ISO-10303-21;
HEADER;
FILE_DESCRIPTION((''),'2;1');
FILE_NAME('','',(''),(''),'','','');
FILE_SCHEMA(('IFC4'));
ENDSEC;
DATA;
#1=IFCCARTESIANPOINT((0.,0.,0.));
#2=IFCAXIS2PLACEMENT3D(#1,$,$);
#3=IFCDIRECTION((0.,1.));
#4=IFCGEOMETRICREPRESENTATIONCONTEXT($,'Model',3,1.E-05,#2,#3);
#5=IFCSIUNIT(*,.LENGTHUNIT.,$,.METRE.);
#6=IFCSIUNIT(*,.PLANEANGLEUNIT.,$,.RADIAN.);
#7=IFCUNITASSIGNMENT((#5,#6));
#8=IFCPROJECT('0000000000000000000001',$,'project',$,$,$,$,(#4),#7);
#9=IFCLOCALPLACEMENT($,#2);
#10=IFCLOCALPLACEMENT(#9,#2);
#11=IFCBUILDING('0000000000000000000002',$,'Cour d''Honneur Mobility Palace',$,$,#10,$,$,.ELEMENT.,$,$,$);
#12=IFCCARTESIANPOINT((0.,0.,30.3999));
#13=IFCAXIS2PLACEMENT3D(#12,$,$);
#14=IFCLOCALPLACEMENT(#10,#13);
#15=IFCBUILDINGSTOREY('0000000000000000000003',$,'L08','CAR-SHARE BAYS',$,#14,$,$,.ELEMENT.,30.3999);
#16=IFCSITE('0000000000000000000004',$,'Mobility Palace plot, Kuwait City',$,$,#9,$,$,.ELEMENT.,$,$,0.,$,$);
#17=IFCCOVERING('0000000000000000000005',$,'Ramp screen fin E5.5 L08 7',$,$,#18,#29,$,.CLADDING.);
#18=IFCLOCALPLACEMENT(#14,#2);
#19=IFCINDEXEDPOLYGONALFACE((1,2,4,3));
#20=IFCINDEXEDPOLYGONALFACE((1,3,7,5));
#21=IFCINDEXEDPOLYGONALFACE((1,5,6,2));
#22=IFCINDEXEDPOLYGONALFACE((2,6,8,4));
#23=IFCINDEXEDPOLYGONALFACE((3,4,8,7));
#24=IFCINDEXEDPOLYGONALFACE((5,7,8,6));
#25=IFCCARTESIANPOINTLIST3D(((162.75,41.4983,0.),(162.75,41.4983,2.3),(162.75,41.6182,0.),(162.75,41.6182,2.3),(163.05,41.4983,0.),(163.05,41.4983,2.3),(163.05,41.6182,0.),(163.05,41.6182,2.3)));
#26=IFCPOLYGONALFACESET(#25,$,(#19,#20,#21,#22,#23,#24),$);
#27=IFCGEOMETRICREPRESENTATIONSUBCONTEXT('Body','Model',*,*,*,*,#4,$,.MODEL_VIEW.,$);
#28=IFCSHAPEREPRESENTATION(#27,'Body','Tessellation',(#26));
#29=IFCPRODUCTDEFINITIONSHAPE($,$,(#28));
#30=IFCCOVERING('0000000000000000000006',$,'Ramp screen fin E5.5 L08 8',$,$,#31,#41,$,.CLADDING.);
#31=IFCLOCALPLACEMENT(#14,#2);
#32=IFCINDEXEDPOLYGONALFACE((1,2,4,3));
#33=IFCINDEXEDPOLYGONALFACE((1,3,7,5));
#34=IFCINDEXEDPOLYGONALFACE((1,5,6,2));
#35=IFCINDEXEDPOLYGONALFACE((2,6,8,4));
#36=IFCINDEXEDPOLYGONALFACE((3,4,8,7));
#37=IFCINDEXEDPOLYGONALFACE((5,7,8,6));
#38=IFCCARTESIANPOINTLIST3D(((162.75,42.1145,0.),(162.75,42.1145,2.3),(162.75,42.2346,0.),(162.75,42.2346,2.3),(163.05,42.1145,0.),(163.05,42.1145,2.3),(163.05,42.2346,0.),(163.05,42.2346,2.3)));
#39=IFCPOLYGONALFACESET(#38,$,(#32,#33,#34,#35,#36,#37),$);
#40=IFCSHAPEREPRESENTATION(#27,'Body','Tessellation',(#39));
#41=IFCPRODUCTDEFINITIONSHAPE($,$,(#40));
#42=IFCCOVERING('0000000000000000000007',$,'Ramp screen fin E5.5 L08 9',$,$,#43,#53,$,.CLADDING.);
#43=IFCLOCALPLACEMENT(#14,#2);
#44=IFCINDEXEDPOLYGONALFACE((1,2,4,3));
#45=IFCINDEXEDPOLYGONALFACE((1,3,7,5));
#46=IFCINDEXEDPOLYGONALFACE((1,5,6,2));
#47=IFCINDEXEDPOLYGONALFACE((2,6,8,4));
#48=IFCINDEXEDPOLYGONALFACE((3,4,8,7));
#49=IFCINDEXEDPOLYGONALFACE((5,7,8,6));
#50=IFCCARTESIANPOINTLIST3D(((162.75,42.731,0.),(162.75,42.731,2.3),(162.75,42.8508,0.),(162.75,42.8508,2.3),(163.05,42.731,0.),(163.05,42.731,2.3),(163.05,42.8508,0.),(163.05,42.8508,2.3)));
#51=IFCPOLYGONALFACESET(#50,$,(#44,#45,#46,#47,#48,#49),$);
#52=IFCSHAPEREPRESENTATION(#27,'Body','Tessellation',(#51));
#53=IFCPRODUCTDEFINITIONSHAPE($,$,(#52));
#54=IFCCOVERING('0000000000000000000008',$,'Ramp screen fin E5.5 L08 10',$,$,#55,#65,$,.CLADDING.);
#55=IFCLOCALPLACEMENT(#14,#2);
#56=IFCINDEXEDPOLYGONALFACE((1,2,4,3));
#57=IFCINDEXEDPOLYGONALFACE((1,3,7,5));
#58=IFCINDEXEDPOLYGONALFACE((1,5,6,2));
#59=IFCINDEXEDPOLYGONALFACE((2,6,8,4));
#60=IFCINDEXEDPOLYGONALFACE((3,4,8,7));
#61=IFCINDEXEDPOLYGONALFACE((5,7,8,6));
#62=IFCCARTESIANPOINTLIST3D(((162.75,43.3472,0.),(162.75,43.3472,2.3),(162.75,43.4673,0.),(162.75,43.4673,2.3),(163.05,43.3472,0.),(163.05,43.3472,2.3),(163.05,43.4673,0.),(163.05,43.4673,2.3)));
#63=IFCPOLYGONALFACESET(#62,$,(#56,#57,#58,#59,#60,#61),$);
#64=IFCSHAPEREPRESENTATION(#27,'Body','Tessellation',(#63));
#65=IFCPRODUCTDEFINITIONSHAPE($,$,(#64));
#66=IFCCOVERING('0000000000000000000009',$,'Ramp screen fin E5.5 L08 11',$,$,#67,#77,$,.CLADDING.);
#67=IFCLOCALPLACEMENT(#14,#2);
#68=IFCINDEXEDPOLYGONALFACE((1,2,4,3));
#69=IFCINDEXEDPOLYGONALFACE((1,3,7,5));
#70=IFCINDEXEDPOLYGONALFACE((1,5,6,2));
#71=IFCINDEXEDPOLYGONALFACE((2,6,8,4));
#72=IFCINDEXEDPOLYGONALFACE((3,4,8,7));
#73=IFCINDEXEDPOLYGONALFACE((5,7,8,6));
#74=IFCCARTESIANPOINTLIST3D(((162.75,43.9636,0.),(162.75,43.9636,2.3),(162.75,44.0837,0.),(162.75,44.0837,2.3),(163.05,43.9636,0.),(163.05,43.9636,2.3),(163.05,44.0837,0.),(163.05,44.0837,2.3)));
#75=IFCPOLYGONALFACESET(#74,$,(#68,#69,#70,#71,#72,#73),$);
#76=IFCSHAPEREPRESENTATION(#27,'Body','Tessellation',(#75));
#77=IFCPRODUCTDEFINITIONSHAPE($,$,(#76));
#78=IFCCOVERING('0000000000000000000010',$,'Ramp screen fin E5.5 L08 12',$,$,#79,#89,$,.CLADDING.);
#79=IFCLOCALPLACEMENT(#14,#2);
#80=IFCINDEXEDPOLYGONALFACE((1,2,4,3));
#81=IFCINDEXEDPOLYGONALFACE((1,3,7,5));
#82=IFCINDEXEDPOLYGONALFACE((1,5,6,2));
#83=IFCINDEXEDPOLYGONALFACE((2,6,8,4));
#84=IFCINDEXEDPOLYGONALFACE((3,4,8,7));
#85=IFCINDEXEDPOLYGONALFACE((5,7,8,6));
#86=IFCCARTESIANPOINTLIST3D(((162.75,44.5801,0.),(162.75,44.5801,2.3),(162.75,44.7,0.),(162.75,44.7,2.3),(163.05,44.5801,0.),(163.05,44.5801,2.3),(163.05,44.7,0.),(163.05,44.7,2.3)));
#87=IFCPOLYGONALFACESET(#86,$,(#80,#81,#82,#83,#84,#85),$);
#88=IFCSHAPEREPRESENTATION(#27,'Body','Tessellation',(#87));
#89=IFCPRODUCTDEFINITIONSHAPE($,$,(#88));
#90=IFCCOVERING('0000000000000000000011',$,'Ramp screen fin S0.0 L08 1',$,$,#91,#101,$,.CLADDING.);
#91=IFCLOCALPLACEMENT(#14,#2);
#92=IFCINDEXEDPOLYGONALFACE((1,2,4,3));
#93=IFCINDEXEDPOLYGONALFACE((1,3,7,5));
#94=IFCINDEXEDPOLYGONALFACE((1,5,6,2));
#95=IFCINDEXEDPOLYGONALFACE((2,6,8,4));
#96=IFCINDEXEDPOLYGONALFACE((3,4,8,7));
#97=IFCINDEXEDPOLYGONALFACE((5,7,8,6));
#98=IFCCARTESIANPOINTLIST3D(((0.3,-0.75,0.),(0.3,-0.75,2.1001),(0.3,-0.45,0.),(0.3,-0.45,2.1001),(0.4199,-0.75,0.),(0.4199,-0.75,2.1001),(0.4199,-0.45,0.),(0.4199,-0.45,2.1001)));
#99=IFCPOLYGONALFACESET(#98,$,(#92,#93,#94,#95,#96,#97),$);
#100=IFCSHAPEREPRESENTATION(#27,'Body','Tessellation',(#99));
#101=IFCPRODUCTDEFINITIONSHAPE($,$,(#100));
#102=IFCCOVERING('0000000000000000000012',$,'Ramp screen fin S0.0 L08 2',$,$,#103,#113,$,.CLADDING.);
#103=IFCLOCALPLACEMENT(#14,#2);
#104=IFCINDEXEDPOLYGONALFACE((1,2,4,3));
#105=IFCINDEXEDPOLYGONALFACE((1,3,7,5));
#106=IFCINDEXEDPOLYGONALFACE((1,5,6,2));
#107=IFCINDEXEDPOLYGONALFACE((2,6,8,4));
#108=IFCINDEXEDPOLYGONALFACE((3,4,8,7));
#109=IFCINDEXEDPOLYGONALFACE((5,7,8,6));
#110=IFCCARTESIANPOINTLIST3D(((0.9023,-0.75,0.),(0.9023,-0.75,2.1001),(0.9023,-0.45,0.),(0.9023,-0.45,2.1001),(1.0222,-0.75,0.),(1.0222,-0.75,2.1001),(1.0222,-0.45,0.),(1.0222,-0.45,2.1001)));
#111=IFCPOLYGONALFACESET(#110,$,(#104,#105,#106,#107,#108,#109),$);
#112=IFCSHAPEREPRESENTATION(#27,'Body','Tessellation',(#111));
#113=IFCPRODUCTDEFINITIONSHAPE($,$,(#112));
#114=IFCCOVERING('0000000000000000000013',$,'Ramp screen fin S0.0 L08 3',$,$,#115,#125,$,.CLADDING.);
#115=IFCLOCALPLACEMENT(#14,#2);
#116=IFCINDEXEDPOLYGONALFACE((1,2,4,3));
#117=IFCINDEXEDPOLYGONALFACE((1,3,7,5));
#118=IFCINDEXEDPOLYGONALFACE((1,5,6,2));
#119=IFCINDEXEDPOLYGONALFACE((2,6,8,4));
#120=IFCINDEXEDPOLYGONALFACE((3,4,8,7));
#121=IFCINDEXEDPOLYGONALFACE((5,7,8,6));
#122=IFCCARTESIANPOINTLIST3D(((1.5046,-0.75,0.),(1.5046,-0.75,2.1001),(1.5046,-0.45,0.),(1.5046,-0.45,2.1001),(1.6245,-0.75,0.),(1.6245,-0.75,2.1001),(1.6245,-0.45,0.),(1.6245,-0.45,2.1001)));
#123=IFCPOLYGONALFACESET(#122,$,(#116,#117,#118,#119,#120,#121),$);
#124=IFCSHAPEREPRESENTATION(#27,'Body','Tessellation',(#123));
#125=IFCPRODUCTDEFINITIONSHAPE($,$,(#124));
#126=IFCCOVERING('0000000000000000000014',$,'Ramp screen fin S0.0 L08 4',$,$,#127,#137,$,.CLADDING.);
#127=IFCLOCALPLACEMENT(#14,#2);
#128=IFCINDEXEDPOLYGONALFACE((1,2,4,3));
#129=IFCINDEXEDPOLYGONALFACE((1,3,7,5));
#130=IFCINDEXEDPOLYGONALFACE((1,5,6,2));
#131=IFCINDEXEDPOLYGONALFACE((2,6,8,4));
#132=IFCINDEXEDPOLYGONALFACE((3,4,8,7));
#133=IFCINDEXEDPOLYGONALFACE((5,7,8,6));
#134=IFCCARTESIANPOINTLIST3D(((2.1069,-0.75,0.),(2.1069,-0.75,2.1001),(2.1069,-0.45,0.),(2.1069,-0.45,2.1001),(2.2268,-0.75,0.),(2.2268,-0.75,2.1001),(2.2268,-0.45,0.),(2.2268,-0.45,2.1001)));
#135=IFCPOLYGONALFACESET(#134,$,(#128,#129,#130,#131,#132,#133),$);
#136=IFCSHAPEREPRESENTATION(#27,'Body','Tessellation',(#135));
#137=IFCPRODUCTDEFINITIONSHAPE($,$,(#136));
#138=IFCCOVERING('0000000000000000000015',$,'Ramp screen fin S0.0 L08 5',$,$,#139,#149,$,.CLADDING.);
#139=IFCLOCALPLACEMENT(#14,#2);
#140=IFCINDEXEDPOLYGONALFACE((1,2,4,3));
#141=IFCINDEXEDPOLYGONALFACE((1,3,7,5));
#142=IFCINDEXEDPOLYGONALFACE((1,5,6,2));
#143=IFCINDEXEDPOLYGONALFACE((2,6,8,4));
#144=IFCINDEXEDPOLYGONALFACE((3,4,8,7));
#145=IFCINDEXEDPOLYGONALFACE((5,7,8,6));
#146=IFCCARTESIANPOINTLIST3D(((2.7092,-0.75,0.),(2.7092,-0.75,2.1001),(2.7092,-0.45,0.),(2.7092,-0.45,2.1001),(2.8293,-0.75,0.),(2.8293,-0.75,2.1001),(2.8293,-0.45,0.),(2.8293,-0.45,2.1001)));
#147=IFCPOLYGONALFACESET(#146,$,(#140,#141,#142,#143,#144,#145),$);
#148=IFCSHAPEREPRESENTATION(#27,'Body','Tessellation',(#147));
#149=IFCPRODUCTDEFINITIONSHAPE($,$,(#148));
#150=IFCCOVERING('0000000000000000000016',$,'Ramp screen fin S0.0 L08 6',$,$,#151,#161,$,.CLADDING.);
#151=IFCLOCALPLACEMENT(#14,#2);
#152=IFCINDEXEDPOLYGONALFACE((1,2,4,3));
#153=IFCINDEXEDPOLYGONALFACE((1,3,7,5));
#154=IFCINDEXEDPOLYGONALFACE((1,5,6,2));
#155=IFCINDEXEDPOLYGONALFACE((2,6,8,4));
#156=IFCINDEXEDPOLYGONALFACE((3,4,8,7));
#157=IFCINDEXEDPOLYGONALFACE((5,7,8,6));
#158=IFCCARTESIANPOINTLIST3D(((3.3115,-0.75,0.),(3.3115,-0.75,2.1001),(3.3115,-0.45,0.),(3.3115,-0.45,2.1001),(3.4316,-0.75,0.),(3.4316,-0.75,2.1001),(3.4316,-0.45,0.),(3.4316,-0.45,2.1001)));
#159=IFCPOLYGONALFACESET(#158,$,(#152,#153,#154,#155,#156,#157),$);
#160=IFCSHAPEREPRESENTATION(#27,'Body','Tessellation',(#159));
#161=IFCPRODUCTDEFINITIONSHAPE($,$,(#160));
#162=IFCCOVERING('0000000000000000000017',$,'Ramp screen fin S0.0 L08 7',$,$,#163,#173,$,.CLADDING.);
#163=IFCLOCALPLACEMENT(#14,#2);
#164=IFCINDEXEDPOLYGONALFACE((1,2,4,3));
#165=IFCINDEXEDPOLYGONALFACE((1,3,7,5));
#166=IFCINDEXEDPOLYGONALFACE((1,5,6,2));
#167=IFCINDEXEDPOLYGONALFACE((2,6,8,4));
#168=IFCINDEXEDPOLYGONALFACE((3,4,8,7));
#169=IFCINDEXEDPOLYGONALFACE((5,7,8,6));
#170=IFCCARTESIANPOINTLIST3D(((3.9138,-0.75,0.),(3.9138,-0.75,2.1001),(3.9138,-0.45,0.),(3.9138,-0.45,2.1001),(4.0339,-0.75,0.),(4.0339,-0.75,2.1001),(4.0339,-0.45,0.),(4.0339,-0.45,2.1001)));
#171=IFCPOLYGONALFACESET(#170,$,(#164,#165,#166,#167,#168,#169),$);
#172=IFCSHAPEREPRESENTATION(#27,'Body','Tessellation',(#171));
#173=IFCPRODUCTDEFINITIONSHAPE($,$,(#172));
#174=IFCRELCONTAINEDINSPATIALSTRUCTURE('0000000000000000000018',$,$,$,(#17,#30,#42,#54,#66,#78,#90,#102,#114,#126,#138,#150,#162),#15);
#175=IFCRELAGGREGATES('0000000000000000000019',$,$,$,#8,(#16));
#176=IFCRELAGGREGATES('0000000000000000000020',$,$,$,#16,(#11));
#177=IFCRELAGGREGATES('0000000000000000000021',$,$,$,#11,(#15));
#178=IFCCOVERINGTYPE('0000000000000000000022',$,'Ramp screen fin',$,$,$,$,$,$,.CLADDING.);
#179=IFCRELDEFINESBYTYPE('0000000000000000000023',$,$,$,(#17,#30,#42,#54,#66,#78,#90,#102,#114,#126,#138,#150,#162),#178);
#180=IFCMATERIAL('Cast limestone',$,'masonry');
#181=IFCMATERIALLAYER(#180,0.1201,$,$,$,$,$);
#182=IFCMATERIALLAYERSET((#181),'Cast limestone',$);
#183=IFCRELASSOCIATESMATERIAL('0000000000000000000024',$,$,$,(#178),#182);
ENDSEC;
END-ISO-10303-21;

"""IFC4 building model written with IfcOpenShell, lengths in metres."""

from ifc_helpers import new_model, si_unit, direction, frame, origin, place, context, subcontext, project, spatial, polyline, outline, extrude, material, layer, layer_set, type_object, element, save


model = new_model("IFC4")

# Units and contexts
model_context = context("Model", 3, precision=1e-05, world=origin(), true_north=direction((0.0, 1.0)))
body_context = subcontext(model_context, "Body", "Model", "MODEL_VIEW")
ifc_project = project(units=[si_unit("LENGTHUNIT", "METRE"), si_unit("PLANEANGLEUNIT", "RADIAN")], contexts=[model_context])

# Site, building, storey
site_placement = place(None, origin())
site = spatial("IfcSite", under=ifc_project, at=site_placement, Name="Mobility Palace plot, Kuwait City", CompositionType="ELEMENT", RefElevation=0.0)
building_placement = place(site_placement, origin())
building = spatial("IfcBuilding", under=site, at=building_placement, Name="Cour d'Honneur Mobility Palace", CompositionType="ELEMENT")
storey_placement = place(building_placement, frame((0.0, 0.0, 30.3999)))
storey = spatial("IfcBuildingStorey", under=building, at=storey_placement, Name="L08", Description="CAR-SHARE BAYS", CompositionType="ELEMENT", Elevation=30.3999)

# Coverings
ifc_material = material(Name="Cast limestone", Category="masonry")
ifc_layer = layer(ifc_material, 0.1201)
ifc_layer_set = layer_set([ifc_layer], Name="Cast limestone")
covering_type = type_object("IfcCoveringType", Name="Ramp screen fin", PredefinedType="CLADDING", material=ifc_layer_set)
covering_1_placement = place(storey_placement, origin())
element("IfcCovering", 1, at=covering_1_placement, inside=storey, type_object=covering_type, Name="Ramp screen fin E5.5 L08 7", PredefinedType="CLADDING", context=body_context, shape_type="SweptSolid", body=[
    extrude(outline(polyline([(162.75, 41.4983), (162.75, 41.6182), (163.05, 41.6182), (163.05, 41.4983), (162.75, 41.4983)])), origin(), (0.0, 0.0, 1.0), 2.3),
])
covering_2_placement = place(storey_placement, origin())
element("IfcCovering", 2, at=covering_2_placement, inside=storey, type_object=covering_type, Name="Ramp screen fin E5.5 L08 8", PredefinedType="CLADDING", context=body_context, shape_type="SweptSolid", body=[
    extrude(outline(polyline([(162.75, 42.1145), (162.75, 42.2346), (163.05, 42.2346), (163.05, 42.1145), (162.75, 42.1145)])), origin(), (0.0, 0.0, 1.0), 2.3),
])
covering_3_placement = place(storey_placement, origin())
element("IfcCovering", 3, at=covering_3_placement, inside=storey, type_object=covering_type, Name="Ramp screen fin E5.5 L08 9", PredefinedType="CLADDING", context=body_context, shape_type="SweptSolid", body=[
    extrude(outline(polyline([(162.75, 42.731), (162.75, 42.8508), (163.05, 42.8508), (163.05, 42.731), (162.75, 42.731)])), origin(), (0.0, 0.0, 1.0), 2.3),
])
covering_4_placement = place(storey_placement, origin())
element("IfcCovering", 4, at=covering_4_placement, inside=storey, type_object=covering_type, Name="Ramp screen fin E5.5 L08 10", PredefinedType="CLADDING", context=body_context, shape_type="SweptSolid", body=[
    extrude(outline(polyline([(162.75, 43.3472), (162.75, 43.4673), (163.05, 43.4673), (163.05, 43.3472), (162.75, 43.3472)])), origin(), (0.0, 0.0, 1.0), 2.3),
])
covering_5_placement = place(storey_placement, origin())
element("IfcCovering", 5, at=covering_5_placement, inside=storey, type_object=covering_type, Name="Ramp screen fin E5.5 L08 11", PredefinedType="CLADDING", context=body_context, shape_type="SweptSolid", body=[
    extrude(outline(polyline([(162.75, 43.9636), (162.75, 44.0837), (163.05, 44.0837), (163.05, 43.9636), (162.75, 43.9636)])), origin(), (0.0, 0.0, 1.0), 2.3),
])
covering_6_placement = place(storey_placement, origin())
element("IfcCovering", 6, at=covering_6_placement, inside=storey, type_object=covering_type, Name="Ramp screen fin E5.5 L08 12", PredefinedType="CLADDING", context=body_context, shape_type="SweptSolid", body=[
    extrude(outline(polyline([(162.75, 44.5801), (162.75, 44.7), (163.05, 44.7), (163.05, 44.5801), (162.75, 44.5801)])), origin(), (0.0, 0.0, 1.0), 2.3),
])
covering_7_placement = place(storey_placement, origin())
element("IfcCovering", 7, at=covering_7_placement, inside=storey, type_object=covering_type, Name="Ramp screen fin S0.0 L08 1", PredefinedType="CLADDING", context=body_context, shape_type="SweptSolid", body=[
    extrude(outline(polyline([(0.3, -0.45), (0.4199, -0.45), (0.4199, -0.75), (0.3, -0.75), (0.3, -0.45)])), origin(), (0.0, 0.0, 1.0), 2.1001),
])
covering_8_placement = place(storey_placement, origin())
element("IfcCovering", 8, at=covering_8_placement, inside=storey, type_object=covering_type, Name="Ramp screen fin S0.0 L08 2", PredefinedType="CLADDING", context=body_context, shape_type="SweptSolid", body=[
    extrude(outline(polyline([(0.9023, -0.45), (1.0222, -0.45), (1.0222, -0.75), (0.9023, -0.75), (0.9023, -0.45)])), origin(), (0.0, 0.0, 1.0), 2.1001),
])
covering_9_placement = place(storey_placement, origin())
element("IfcCovering", 9, at=covering_9_placement, inside=storey, type_object=covering_type, Name="Ramp screen fin S0.0 L08 3", PredefinedType="CLADDING", context=body_context, shape_type="SweptSolid", body=[
    extrude(outline(polyline([(1.5046, -0.45), (1.6245, -0.45), (1.6245, -0.75), (1.5046, -0.75), (1.5046, -0.45)])), origin(), (0.0, 0.0, 1.0), 2.1001),
])
covering_10_placement = place(storey_placement, origin())
element("IfcCovering", 10, at=covering_10_placement, inside=storey, type_object=covering_type, Name="Ramp screen fin S0.0 L08 4", PredefinedType="CLADDING", context=body_context, shape_type="SweptSolid", body=[
    extrude(outline(polyline([(2.1069, -0.45), (2.2268, -0.45), (2.2268, -0.75), (2.1069, -0.75), (2.1069, -0.45)])), origin(), (0.0, 0.0, 1.0), 2.1001),
])
covering_11_placement = place(storey_placement, origin())
element("IfcCovering", 11, at=covering_11_placement, inside=storey, type_object=covering_type, Name="Ramp screen fin S0.0 L08 5", PredefinedType="CLADDING", context=body_context, shape_type="SweptSolid", body=[
    extrude(outline(polyline([(2.7092, -0.45), (2.8293, -0.45), (2.8293, -0.75), (2.7092, -0.75), (2.7092, -0.45)])), origin(), (0.0, 0.0, 1.0), 2.1001),
])
covering_12_placement = place(storey_placement, origin())
element("IfcCovering", 12, at=covering_12_placement, inside=storey, type_object=covering_type, Name="Ramp screen fin S0.0 L08 6", PredefinedType="CLADDING", context=body_context, shape_type="SweptSolid", body=[
    extrude(outline(polyline([(3.3115, -0.45), (3.4316, -0.45), (3.4316, -0.75), (3.3115, -0.75), (3.3115, -0.45)])), origin(), (0.0, 0.0, 1.0), 2.1001),
])
covering_13_placement = place(storey_placement, origin())
element("IfcCovering", 13, at=covering_13_placement, inside=storey, type_object=covering_type, Name="Ramp screen fin S0.0 L08 7", PredefinedType="CLADDING", context=body_context, shape_type="SweptSolid", body=[
    extrude(outline(polyline([(3.9138, -0.45), (4.0339, -0.45), (4.0339, -0.75), (3.9138, -0.75), (3.9138, -0.45)])), origin(), (0.0, 0.0, 1.0), 2.1001),
])

save(model, "model.ifc")
